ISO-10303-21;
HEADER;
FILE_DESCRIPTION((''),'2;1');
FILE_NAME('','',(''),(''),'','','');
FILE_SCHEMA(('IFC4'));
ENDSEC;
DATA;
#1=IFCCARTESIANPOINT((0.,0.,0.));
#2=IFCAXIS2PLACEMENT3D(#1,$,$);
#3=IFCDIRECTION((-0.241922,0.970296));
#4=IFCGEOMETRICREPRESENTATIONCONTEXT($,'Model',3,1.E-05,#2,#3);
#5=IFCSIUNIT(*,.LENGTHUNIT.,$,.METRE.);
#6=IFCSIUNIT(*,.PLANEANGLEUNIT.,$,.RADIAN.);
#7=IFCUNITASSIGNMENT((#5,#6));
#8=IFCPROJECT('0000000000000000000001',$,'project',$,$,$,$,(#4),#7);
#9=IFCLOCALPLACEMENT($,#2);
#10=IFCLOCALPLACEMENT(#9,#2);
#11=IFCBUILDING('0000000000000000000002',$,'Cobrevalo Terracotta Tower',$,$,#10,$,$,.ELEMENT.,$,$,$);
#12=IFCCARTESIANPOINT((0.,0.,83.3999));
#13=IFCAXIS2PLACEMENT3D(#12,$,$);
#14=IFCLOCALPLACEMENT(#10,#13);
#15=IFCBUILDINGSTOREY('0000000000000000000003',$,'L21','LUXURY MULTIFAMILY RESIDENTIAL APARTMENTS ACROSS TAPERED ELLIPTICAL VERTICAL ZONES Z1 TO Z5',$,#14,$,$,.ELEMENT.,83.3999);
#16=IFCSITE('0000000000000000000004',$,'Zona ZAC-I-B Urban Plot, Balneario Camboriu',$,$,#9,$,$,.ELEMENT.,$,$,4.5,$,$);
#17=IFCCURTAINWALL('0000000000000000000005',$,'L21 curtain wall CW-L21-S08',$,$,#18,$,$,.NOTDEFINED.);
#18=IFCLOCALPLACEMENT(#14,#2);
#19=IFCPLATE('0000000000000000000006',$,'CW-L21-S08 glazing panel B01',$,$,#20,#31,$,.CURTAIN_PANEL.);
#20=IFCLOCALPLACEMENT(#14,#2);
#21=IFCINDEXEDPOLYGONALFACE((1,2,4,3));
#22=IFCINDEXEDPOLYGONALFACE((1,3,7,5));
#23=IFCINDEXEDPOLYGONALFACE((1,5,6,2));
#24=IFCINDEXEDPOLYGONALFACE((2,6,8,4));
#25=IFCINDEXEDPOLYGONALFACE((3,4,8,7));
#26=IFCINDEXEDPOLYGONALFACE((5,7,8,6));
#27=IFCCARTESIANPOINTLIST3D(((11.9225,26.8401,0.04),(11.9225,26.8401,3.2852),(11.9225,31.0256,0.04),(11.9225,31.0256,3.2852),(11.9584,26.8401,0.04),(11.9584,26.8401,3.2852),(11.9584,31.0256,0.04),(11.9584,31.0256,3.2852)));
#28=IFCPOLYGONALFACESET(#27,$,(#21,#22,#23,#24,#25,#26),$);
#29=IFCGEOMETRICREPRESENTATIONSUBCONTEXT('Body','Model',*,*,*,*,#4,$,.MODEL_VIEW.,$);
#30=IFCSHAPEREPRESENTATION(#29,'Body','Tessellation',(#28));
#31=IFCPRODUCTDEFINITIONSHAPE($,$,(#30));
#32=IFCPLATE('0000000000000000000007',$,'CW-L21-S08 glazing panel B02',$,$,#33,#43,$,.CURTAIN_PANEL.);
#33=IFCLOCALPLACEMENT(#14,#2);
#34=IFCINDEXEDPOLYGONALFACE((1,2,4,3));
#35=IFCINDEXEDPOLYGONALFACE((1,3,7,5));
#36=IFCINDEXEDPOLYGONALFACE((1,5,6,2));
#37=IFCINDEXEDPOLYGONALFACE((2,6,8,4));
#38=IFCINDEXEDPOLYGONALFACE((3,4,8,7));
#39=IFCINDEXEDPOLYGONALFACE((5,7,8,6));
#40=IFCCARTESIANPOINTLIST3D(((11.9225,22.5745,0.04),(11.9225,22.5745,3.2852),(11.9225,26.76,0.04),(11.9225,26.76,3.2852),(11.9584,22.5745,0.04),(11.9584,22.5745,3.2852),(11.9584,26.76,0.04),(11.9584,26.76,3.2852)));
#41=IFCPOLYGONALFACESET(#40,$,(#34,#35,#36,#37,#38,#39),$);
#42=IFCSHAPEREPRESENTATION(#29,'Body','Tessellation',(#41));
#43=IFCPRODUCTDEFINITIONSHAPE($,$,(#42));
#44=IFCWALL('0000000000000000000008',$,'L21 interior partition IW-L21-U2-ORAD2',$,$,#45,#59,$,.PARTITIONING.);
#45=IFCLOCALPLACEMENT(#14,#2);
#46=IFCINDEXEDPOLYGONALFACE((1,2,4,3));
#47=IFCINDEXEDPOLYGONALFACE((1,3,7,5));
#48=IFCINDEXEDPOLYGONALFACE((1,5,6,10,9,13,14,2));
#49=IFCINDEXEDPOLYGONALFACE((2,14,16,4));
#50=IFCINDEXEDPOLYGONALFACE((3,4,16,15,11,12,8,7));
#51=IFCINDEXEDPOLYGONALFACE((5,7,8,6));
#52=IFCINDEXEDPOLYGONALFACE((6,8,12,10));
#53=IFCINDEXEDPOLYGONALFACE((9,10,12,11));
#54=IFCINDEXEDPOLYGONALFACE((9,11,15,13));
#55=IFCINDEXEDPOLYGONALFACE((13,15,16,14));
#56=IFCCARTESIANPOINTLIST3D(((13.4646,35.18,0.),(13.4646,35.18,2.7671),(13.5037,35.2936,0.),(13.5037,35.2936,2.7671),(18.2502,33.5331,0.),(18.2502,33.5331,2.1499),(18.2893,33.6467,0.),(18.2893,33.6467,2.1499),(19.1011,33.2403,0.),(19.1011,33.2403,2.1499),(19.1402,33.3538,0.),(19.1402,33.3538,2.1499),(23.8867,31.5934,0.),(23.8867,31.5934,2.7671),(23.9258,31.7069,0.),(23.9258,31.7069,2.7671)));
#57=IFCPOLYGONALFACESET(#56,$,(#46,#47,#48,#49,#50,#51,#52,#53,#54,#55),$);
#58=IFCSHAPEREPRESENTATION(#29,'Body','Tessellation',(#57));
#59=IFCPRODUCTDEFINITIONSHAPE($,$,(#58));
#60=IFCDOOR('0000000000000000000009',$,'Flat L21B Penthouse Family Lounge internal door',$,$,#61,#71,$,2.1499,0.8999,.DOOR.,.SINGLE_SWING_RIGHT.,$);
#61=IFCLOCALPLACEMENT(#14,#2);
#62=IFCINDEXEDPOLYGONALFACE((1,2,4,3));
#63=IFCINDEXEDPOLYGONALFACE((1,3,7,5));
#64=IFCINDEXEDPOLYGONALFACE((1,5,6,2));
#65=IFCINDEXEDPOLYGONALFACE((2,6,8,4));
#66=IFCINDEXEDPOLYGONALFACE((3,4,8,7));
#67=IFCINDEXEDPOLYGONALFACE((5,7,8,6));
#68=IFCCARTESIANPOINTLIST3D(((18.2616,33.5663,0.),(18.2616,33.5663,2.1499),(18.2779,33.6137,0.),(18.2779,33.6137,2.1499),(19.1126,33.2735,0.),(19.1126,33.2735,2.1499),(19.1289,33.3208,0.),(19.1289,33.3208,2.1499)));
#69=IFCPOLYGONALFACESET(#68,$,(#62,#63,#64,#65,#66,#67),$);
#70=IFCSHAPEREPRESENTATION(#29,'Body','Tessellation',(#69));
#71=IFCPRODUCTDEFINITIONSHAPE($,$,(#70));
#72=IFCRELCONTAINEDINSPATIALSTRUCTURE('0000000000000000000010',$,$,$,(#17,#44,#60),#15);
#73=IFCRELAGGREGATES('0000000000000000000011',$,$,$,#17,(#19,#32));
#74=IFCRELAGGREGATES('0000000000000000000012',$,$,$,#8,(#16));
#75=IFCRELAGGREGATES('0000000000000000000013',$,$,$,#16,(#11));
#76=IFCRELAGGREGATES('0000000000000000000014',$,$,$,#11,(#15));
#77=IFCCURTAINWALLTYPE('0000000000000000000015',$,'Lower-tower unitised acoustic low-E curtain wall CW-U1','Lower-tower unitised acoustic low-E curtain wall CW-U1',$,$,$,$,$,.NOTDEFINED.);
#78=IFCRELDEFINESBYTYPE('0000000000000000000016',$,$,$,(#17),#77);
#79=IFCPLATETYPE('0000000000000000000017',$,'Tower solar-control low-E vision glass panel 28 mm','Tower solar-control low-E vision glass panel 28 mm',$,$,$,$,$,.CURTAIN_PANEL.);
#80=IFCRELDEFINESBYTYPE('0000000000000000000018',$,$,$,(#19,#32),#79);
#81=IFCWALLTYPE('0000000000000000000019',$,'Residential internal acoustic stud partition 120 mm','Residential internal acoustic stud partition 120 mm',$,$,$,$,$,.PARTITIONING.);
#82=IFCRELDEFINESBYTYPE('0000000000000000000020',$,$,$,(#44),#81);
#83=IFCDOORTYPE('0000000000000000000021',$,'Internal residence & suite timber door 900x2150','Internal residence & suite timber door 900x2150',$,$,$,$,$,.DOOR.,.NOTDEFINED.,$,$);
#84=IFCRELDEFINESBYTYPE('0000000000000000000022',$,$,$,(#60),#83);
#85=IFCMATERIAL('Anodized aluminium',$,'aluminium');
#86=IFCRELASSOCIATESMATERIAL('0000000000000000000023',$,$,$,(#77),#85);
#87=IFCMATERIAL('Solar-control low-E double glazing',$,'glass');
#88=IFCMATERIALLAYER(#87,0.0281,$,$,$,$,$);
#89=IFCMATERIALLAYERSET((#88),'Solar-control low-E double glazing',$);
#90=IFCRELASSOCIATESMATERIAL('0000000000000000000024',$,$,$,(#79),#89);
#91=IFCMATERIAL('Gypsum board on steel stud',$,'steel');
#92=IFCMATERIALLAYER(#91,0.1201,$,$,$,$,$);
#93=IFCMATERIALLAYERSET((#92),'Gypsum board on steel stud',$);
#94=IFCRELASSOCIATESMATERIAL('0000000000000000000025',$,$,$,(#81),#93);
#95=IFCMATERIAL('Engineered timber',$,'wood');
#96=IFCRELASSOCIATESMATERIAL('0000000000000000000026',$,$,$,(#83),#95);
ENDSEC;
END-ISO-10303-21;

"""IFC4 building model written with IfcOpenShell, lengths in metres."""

from ifc_helpers import new_model, si_unit, direction, frame, frame_2d, origin, origin_2d, place, context, subcontext, project, spatial, rectangle, extrude, source, transform, mapped, material, layer, layer_set, type_object, element, fill, aggregate, save


model = new_model("IFC4")

# Units and contexts
model_context = context("Model", 3, precision=1e-05, world=origin(), true_north=direction((-0.241922, 0.970296)))
body_context = subcontext(model_context, "Body", "Model", "MODEL_VIEW")
ifc_project = project(units=[si_unit("LENGTHUNIT", "METRE"), si_unit("PLANEANGLEUNIT", "RADIAN")], contexts=[model_context])

# Site, building, storey
site_placement = place(None, origin())
site = spatial("IfcSite", under=ifc_project, at=site_placement, Name="Zona ZAC-I-B Urban Plot, Balneario Camboriu", CompositionType="ELEMENT", RefElevation=4.5)
building_placement = place(site_placement, origin())
building = spatial("IfcBuilding", under=site, at=building_placement, Name="Cobrevalo Terracotta Tower", CompositionType="ELEMENT")
storey_placement = place(building_placement, frame((0.0, 0.0, 83.3999)))
storey = spatial("IfcBuildingStorey", under=building, at=storey_placement, Name="L21", Description="LUXURY MULTIFAMILY RESIDENTIAL APARTMENTS ACROSS TAPERED ELLIPTICAL VERTICAL ZONES Z1 TO Z5", CompositionType="ELEMENT", Elevation=83.3999)

# Curtain wall
ifc_material_1 = material(Name="Anodized aluminium", Category="aluminium")
curtain_wall_type = type_object("IfcCurtainWallType", Name="Lower-tower unitised acoustic low-E curtain wall CW-U1", Description="Lower-tower unitised acoustic low-E curtain wall CW-U1", PredefinedType="NOTDEFINED", material=ifc_material_1)
curtain_wall_1_placement = place(storey_placement, origin())
curtain_wall_1 = element("IfcCurtainWall", 1, at=curtain_wall_1_placement, inside=storey, type_object=curtain_wall_type, Name="L21 curtain wall CW-L21-S08", PredefinedType="NOTDEFINED")

# Plates
ifc_material_2 = material(Name="Solar-control low-E double glazing", Category="glass")
ifc_layer_1 = layer(ifc_material_2, 0.0281)
ifc_layer_set_1 = layer_set([ifc_layer_1], Name="Solar-control low-E double glazing")
plate_type = type_object("IfcPlateType", Name="Tower solar-control low-E vision glass panel 28 mm", Description="Tower solar-control low-E vision glass panel 28 mm", PredefinedType="CURTAIN_PANEL", material=ifc_layer_set_1)
shared_shape_1 = source(origin(), body_context, "Body", "SweptSolid", [
    extrude(rectangle(XDim=4.1855, YDim=0.0359, at=origin_2d()), origin(), (0.0, 0.0, 1.0), 3.2451),
])
plate_1_placement = place(storey_placement, frame((11.9404, 28.9329, 0.04), z_axis=(0.0, 0.0, 1.0), x_axis=(0.0, -1.0, 0.0)))
plate_1 = element("IfcPlate", 2, at=plate_1_placement, type_object=plate_type, Name="CW-L21-S08 glazing panel B01", PredefinedType="CURTAIN_PANEL", context=body_context, shape_type="MappedRepresentation", body=[
    mapped(shared_shape_1, transform((0.0, 0.0, 0.0), scale=1.0)),
])
plate_2_placement = place(storey_placement, frame((11.9404, 24.6672, 0.04), z_axis=(0.0, 0.0, 1.0), x_axis=(0.0, -1.0, 0.0)))
plate_2 = element("IfcPlate", 3, at=plate_2_placement, type_object=plate_type, Name="CW-L21-S08 glazing panel B02", PredefinedType="CURTAIN_PANEL", context=body_context, shape_type="MappedRepresentation", body=[
    mapped(shared_shape_1, transform((0.0, 0.0, 0.0), scale=1.0)),
])
aggregate(curtain_wall_1, [plate_1, plate_2])

# Wall, opening, door
ifc_material_3 = material(Name="Gypsum board on steel stud", Category="steel")
ifc_layer_2 = layer(ifc_material_3, 0.1201)
ifc_layer_set_2 = layer_set([ifc_layer_2], Name="Gypsum board on steel stud")
wall_type = type_object("IfcWallType", Name="Residential internal acoustic stud partition 120 mm", Description="Residential internal acoustic stud partition 120 mm", PredefinedType="PARTITIONING", material=ifc_layer_set_2)
wall_placement = place(storey_placement, frame((23.9062, 31.6501, 0.0), z_axis=(0.0, 0.0, 1.0), x_axis=(-0.945573, 0.32541, 0.0)))
wall = element("IfcWall", 4, at=wall_placement, inside=storey, type_object=wall_type, Name="L21 interior partition IW-L21-U2-ORAD2", PredefinedType="PARTITIONING", context=body_context, shape_type="SweptSolid", body=[
    extrude(rectangle(XDim=11.022, YDim=0.1201, at=frame_2d((5.511, 0.0))), origin(), (0.0, 0.0, 1.0), 2.7671),
])
opening_placement = place(wall_placement, frame((5.061, 0.0, 0.0)))
opening = element("IfcOpeningElement", 5, at=opening_placement, cuts=wall, PredefinedType="OPENING", context=body_context, shape_type="SweptSolid", body=[
    extrude(rectangle(XDim=0.8999, YDim=2.1499, at=frame_2d((0.45, 1.075))), frame((0.0, 0.0701, 0.0), z_axis=(0.0, -1.0, 0.0), x_axis=(1.0, 0.0, 0.0)), (0.0, 0.0, 1.0), 0.1401),
])
ifc_material_4 = material(Name="Engineered timber", Category="wood")
door_type = type_object("IfcDoorType", Name="Internal residence & suite timber door 900x2150", Description="Internal residence & suite timber door 900x2150", OperationType="NOTDEFINED", PredefinedType="DOOR", material=ifc_material_4)
shared_shape_2 = source(origin(), body_context, "Body", "SweptSolid", [
    extrude(rectangle(XDim=0.8999, YDim=2.1499, at=frame_2d((0.45, 1.075))), frame((0.0, 0.0249, 0.0), z_axis=(0.0, -1.0, 0.0), x_axis=(1.0, 0.0, 0.0)), (0.0, 0.0, 1.0), 0.05),
])
door_placement = place(opening_placement, origin())
door = element("IfcDoor", 6, at=door_placement, inside=storey, type_object=door_type, Name="Flat L21B Penthouse Family Lounge internal door", OperationType="SINGLE_SWING_RIGHT", OverallHeight=2.1499, OverallWidth=0.8999, PredefinedType="DOOR", context=body_context, shape_type="MappedRepresentation", body=[
    mapped(shared_shape_2, transform((0.0, 0.0, 0.0), scale=1.0)),
])
fill(opening, door)

save(model, "model.ifc")
